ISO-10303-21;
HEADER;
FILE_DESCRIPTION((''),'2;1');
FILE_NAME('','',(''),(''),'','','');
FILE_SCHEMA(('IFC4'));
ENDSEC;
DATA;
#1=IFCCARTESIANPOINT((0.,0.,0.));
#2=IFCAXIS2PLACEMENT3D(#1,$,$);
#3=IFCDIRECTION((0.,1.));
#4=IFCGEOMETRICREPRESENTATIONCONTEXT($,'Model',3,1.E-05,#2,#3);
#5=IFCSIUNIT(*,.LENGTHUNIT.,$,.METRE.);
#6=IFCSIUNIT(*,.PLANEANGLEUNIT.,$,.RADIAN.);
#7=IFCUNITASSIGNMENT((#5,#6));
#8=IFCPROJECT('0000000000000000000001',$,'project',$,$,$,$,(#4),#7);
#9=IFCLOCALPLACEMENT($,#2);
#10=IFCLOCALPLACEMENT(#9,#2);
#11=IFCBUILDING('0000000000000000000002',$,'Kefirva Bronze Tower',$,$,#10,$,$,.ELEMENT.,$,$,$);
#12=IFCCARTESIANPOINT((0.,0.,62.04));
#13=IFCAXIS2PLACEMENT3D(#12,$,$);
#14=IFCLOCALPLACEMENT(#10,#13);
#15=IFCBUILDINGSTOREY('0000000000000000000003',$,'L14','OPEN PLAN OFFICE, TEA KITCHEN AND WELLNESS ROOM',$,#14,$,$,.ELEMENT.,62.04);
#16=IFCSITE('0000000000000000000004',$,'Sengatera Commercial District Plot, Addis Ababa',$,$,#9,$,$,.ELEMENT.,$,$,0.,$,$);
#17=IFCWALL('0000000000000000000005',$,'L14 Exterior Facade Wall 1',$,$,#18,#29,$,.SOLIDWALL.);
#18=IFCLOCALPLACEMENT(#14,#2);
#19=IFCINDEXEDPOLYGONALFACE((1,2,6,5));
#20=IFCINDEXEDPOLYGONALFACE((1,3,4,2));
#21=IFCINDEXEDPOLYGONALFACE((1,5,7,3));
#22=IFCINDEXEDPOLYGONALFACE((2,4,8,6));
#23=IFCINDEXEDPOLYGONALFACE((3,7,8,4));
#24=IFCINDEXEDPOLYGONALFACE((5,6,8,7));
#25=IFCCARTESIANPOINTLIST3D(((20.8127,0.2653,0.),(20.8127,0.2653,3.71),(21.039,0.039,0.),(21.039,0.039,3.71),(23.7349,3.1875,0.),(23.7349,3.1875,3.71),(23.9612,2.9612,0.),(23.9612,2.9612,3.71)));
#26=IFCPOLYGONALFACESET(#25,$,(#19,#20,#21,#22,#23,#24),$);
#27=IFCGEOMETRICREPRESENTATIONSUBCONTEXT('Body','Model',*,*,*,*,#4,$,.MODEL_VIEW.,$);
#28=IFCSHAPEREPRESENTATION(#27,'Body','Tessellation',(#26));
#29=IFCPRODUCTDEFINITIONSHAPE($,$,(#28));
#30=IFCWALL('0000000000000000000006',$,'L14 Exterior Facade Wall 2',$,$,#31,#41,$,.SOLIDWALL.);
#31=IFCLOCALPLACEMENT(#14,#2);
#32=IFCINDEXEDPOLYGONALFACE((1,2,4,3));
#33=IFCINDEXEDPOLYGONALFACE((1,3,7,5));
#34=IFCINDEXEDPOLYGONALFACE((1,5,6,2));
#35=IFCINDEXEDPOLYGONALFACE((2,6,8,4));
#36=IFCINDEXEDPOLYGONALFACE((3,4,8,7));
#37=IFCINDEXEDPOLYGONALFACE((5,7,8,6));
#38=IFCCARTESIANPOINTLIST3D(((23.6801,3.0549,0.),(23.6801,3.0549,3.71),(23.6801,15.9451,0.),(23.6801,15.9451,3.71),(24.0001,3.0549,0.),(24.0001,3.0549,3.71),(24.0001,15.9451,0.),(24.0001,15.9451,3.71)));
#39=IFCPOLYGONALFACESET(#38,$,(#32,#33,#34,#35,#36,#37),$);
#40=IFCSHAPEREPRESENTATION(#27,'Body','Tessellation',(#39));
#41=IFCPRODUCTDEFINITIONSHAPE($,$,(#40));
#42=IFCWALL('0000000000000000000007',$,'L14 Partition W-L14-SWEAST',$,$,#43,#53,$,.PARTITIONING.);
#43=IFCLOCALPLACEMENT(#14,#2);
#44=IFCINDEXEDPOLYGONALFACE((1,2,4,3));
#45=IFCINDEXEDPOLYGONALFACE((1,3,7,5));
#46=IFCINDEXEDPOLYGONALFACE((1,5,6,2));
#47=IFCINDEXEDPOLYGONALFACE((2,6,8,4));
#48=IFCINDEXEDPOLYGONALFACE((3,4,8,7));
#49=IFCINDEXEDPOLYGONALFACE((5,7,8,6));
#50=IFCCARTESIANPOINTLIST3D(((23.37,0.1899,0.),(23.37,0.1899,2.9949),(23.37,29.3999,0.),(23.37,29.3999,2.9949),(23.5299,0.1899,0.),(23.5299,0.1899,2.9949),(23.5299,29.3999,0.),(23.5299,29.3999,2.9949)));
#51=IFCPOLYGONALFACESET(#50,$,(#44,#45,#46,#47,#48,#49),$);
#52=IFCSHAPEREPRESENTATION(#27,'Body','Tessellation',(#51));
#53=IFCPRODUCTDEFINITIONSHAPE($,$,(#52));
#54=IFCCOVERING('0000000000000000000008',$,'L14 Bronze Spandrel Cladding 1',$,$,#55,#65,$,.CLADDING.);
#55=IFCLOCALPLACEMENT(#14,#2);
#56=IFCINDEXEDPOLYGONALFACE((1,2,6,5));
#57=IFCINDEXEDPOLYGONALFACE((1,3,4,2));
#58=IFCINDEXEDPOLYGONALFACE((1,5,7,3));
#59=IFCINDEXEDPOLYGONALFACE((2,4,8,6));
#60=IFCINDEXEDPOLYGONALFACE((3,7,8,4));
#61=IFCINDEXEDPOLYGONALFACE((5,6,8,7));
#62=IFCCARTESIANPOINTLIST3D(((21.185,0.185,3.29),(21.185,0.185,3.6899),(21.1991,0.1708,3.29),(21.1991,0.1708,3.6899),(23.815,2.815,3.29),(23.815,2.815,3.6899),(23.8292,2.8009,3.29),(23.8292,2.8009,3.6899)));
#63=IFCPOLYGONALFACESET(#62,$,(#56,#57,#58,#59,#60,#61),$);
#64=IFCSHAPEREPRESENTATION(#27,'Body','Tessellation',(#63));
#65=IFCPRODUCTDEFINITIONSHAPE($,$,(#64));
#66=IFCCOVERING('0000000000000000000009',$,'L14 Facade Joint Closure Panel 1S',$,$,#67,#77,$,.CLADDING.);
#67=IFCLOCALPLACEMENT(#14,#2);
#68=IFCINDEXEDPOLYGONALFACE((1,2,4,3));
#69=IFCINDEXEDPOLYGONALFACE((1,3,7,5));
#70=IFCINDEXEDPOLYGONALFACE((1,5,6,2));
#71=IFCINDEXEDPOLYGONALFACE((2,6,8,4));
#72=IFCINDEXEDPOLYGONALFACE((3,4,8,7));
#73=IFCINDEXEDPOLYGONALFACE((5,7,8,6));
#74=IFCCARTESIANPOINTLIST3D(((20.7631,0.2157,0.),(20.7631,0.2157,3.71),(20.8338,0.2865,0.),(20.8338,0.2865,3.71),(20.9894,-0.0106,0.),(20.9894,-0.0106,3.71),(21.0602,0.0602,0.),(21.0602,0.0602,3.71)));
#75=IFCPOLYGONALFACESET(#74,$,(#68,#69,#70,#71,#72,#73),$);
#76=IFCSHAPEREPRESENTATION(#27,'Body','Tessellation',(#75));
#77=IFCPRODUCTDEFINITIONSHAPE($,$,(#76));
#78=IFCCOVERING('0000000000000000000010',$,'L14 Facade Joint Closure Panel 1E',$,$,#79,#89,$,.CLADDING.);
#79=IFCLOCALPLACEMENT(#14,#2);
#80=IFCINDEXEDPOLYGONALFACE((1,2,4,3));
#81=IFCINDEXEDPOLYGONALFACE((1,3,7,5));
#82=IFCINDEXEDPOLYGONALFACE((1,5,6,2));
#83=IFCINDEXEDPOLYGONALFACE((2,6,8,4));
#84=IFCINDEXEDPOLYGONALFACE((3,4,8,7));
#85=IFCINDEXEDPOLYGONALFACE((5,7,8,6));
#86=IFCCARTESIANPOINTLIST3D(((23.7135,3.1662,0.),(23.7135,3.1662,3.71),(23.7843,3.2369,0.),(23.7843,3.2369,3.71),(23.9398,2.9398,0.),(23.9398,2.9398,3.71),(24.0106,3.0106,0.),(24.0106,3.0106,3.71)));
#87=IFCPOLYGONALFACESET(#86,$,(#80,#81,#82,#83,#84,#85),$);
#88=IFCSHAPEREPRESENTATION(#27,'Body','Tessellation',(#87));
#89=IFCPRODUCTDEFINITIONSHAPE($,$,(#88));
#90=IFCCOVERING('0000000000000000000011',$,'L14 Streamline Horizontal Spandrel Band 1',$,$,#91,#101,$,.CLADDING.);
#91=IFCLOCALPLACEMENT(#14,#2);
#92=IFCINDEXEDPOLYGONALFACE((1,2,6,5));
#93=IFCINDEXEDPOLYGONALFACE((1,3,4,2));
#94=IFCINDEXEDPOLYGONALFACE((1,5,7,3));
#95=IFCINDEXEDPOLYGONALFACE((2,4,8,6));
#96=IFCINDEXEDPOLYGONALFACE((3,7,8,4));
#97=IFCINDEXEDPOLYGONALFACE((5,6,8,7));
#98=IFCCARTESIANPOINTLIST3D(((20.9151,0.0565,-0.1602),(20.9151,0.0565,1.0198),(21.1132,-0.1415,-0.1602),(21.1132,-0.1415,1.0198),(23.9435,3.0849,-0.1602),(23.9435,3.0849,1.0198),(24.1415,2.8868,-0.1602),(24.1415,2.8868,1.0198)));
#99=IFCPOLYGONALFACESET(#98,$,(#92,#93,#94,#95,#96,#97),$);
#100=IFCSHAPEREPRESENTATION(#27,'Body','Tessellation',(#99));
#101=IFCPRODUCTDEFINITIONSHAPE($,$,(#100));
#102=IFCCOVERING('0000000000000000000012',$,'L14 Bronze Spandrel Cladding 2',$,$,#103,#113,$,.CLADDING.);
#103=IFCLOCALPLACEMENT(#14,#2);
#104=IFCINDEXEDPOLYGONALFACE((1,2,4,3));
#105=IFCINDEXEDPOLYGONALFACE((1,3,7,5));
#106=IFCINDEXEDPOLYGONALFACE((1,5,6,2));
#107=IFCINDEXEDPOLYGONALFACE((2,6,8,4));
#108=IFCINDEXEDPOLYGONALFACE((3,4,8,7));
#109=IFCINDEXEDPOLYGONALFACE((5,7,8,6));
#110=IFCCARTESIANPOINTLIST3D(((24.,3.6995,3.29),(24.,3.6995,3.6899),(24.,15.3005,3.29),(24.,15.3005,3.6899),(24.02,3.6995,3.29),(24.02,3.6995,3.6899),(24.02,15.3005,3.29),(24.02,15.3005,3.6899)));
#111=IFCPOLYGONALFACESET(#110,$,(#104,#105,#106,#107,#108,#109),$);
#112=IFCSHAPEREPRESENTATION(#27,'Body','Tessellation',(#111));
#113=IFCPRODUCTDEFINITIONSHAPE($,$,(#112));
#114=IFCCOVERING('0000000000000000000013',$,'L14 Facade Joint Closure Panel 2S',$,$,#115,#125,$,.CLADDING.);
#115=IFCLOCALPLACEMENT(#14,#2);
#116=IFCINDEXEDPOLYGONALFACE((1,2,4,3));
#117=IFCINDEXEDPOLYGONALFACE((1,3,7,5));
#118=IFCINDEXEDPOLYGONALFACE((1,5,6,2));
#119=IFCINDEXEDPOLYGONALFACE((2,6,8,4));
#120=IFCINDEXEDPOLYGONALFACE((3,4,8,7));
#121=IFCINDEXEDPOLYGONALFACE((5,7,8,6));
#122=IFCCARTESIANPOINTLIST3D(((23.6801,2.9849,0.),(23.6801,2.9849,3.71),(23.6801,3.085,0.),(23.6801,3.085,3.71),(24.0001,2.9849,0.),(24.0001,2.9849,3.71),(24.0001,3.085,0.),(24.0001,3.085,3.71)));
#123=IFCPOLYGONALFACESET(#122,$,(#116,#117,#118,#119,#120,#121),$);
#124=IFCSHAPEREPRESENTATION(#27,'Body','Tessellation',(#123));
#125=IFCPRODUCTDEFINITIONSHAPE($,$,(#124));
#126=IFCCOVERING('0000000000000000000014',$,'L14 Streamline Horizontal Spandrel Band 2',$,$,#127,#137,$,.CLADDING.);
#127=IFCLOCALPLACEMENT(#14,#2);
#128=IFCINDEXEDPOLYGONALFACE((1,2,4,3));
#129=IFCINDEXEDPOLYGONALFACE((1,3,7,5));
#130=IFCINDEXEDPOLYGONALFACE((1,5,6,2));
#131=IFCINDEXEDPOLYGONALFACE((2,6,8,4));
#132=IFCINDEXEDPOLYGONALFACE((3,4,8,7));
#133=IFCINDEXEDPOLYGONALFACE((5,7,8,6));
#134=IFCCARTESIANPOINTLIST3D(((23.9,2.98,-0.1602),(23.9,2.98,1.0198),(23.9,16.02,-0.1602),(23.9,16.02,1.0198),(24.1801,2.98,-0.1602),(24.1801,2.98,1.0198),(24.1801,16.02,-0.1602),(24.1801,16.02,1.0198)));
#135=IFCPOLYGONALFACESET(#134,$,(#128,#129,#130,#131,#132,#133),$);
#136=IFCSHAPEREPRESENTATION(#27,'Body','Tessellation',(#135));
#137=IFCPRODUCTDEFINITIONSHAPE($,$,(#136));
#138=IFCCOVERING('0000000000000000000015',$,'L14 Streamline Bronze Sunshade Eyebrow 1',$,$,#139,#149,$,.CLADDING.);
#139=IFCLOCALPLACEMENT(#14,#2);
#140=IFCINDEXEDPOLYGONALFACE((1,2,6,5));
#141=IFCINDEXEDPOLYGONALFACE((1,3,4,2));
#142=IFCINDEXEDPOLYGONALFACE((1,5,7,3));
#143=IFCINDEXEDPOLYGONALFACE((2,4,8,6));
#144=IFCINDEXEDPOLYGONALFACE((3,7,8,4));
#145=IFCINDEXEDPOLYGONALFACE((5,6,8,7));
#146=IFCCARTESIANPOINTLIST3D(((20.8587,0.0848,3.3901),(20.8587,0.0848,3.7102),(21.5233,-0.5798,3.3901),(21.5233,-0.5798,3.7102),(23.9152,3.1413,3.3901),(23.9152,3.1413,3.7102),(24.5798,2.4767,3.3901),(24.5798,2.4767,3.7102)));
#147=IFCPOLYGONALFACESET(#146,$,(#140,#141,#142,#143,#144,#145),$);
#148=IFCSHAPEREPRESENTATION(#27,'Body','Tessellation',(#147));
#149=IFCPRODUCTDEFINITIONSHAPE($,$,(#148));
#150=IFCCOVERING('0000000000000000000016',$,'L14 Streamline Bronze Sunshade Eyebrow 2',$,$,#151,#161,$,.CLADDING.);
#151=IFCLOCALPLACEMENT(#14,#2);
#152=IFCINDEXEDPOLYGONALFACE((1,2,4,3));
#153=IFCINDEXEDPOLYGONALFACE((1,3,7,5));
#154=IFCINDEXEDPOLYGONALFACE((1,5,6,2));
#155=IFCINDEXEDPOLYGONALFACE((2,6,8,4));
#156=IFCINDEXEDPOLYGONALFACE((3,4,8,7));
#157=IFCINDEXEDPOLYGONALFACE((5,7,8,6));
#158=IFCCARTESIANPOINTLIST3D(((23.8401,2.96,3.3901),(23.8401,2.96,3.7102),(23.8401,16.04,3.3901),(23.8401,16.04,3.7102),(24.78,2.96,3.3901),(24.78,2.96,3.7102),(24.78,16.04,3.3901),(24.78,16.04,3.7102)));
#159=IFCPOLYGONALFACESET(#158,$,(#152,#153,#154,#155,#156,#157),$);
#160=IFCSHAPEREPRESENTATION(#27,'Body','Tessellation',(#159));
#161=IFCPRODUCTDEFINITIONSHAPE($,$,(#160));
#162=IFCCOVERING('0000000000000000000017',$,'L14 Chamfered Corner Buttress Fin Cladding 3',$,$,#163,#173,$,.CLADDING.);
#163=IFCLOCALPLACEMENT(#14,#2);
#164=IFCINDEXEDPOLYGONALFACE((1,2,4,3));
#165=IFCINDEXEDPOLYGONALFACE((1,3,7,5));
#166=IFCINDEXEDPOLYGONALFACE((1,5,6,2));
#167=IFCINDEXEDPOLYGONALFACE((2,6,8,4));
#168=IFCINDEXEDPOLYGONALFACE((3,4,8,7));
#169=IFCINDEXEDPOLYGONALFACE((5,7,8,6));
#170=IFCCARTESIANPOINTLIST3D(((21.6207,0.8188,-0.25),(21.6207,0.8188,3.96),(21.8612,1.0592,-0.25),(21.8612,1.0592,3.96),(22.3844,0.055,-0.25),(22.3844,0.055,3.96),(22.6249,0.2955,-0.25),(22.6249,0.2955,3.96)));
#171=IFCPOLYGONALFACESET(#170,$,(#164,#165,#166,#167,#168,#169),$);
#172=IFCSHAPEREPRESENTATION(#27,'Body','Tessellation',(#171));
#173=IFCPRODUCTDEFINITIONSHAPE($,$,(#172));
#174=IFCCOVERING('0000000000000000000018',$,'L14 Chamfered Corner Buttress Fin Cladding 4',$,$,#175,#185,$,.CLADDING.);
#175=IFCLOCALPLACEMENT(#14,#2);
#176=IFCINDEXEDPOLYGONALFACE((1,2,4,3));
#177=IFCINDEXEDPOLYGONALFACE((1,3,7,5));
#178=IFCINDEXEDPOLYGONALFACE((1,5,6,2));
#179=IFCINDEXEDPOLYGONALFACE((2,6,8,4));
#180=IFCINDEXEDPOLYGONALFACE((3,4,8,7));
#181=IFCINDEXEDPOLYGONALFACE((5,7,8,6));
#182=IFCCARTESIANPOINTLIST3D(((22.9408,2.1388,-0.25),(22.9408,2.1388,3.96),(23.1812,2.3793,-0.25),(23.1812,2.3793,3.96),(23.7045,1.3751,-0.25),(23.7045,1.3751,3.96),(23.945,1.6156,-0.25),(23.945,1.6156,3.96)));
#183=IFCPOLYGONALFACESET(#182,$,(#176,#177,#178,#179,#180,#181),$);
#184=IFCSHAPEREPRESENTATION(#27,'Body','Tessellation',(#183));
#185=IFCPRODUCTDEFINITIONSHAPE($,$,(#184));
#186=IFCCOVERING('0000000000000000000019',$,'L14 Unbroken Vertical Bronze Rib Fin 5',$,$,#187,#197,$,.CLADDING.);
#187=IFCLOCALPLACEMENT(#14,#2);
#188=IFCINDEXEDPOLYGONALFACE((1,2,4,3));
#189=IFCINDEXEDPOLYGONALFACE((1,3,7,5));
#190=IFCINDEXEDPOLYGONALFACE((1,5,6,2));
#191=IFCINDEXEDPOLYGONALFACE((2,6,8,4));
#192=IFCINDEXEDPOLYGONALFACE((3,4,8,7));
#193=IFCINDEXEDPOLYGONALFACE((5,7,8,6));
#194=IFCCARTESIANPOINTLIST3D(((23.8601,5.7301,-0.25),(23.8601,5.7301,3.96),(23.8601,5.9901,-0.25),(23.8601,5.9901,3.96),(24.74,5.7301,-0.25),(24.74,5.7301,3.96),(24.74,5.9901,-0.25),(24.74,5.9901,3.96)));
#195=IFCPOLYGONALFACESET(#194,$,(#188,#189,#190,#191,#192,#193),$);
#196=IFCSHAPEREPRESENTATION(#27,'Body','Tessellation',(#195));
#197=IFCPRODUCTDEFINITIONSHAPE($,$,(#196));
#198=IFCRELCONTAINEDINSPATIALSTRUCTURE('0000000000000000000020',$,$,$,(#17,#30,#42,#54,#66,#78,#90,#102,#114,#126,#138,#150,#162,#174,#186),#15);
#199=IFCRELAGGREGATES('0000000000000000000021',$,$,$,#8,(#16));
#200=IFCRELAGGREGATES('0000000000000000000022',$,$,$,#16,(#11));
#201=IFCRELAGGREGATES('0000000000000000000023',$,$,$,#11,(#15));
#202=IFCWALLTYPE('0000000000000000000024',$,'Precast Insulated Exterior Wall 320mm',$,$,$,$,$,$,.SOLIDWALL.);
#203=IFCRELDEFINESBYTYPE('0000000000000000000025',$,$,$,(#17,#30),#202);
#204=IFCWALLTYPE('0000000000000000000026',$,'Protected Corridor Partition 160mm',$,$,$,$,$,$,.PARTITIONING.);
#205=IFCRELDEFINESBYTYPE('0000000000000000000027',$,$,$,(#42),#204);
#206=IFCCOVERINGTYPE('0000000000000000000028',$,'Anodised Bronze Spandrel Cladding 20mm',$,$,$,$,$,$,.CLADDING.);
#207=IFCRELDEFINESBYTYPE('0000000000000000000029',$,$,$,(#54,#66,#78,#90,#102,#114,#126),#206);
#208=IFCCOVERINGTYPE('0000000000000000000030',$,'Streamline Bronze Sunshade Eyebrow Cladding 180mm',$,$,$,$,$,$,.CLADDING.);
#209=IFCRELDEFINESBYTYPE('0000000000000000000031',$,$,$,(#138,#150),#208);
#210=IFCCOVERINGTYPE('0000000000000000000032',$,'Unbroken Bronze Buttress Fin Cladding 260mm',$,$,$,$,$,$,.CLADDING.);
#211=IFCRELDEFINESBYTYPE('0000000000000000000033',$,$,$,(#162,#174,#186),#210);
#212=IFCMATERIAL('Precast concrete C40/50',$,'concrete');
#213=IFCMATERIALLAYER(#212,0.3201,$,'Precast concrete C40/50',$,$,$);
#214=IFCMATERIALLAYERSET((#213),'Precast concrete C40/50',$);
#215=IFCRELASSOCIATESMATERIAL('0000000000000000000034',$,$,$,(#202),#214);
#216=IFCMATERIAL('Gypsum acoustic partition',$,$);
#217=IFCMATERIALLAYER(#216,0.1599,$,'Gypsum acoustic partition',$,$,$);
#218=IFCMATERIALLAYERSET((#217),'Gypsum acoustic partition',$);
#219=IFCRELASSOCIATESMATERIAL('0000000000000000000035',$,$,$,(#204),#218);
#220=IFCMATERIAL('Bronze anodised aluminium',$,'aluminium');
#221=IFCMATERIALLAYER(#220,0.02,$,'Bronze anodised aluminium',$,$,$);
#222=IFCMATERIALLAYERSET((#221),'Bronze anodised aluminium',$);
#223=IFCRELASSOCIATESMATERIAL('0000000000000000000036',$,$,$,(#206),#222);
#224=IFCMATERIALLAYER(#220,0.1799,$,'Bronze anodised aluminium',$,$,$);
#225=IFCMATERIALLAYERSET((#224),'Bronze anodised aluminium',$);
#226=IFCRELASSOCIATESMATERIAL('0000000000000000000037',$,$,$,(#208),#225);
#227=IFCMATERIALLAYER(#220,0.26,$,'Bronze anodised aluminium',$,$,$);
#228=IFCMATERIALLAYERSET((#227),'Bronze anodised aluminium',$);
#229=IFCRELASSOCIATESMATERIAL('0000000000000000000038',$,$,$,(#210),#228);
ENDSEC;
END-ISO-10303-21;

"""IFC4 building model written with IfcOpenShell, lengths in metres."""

from ifc_helpers import new_model, si_unit, direction, frame, frame_2d, origin, origin_2d, place, context, subcontext, project, spatial, rectangle, extrude, material, layer, layer_set, type_object, element, save


model = new_model("IFC4")

# Units and contexts
model_context = context("Model", 3, precision=1e-05, world=origin(), true_north=direction((0.0, 1.0)))
body_context = subcontext(model_context, "Body", "Model", "MODEL_VIEW")
ifc_project = project(units=[si_unit("LENGTHUNIT", "METRE"), si_unit("PLANEANGLEUNIT", "RADIAN")], contexts=[model_context])

# Site, building, storey
site_placement = place(None, origin())
site = spatial("IfcSite", under=ifc_project, at=site_placement, Name="Sengatera Commercial District Plot, Addis Ababa", CompositionType="ELEMENT", RefElevation=0.0)
building_placement = place(site_placement, origin())
building = spatial("IfcBuilding", under=site, at=building_placement, Name="Kefirva Bronze Tower", CompositionType="ELEMENT")
storey_placement = place(building_placement, frame((0.0, 0.0, 62.04)))
storey = spatial("IfcBuildingStorey", under=building, at=storey_placement, Name="L14", Description="OPEN PLAN OFFICE, TEA KITCHEN AND WELLNESS ROOM", CompositionType="ELEMENT", Elevation=62.04)

# Shared definitions
ifc_material_1 = material(Name="Bronze anodised aluminium", Category="aluminium")

# Walls
ifc_material_2 = material(Name="Precast concrete C40/50", Category="concrete")
ifc_layer_1 = layer(ifc_material_2, 0.3201, Name="Precast concrete C40/50")
ifc_layer_set_1 = layer_set([ifc_layer_1], Name="Precast concrete C40/50")
wall_type_1 = type_object("IfcWallType", Name="Precast Insulated Exterior Wall 320mm", PredefinedType="SOLIDWALL", material=ifc_layer_set_1)
wall_1_placement = place(storey_placement, frame((20.9258, 0.1521, 0.0), z_axis=(0.0, 0.0, 1.0), x_axis=(0.707107, 0.707107, 0.0)))
element("IfcWall", 1, at=wall_1_placement, inside=storey, type_object=wall_type_1, Name="L14 Exterior Facade Wall 1", PredefinedType="SOLIDWALL", context=body_context, shape_type="SweptSolid", body=[
    extrude(rectangle(XDim=4.1326, YDim=0.3201, at=frame_2d((2.0664, 0.0))), origin(), (0.0, 0.0, 1.0), 3.71),
])
wall_2_placement = place(storey_placement, frame((23.8401, 3.0549, 0.0), z_axis=(0.0, 0.0, 1.0), x_axis=(0.0, 1.0, 0.0)))
element("IfcWall", 2, at=wall_2_placement, inside=storey, type_object=wall_type_1, Name="L14 Exterior Facade Wall 2", PredefinedType="SOLIDWALL", context=body_context, shape_type="SweptSolid", body=[
    extrude(rectangle(XDim=12.8901, YDim=0.3201, at=frame_2d((6.4451, 0.0))), origin(), (0.0, 0.0, 1.0), 3.71),
])
ifc_material_3 = material(Name="Gypsum acoustic partition")
ifc_layer_2 = layer(ifc_material_3, 0.1599, Name="Gypsum acoustic partition")
ifc_layer_set_2 = layer_set([ifc_layer_2], Name="Gypsum acoustic partition")
wall_type_2 = type_object("IfcWallType", Name="Protected Corridor Partition 160mm", PredefinedType="PARTITIONING", material=ifc_layer_set_2)
wall_3_placement = place(storey_placement, frame((23.45, 0.1899, 0.0), z_axis=(0.0, 0.0, 1.0), x_axis=(0.0, 1.0, 0.0)))
element("IfcWall", 3, at=wall_3_placement, inside=storey, type_object=wall_type_2, Name="L14 Partition W-L14-SWEAST", PredefinedType="PARTITIONING", context=body_context, shape_type="SweptSolid", body=[
    extrude(rectangle(XDim=29.21, YDim=0.1599, at=frame_2d((14.605, 0.0))), origin(), (0.0, 0.0, 1.0), 2.9949),
])

# Coverings
ifc_layer_3 = layer(ifc_material_1, 0.02, Name="Bronze anodised aluminium")
ifc_layer_set_3 = layer_set([ifc_layer_3], Name="Bronze anodised aluminium")
covering_type_1 = type_object("IfcCoveringType", Name="Anodised Bronze Spandrel Cladding 20mm", PredefinedType="CLADDING", material=ifc_layer_set_3)
covering_1_placement = place(storey_placement, frame((22.5071, 1.4929, 3.29), z_axis=(0.0, 0.0, 1.0), x_axis=(0.707107, 0.707107, 0.0)))
element("IfcCovering", 4, at=covering_1_placement, inside=storey, type_object=covering_type_1, Name="L14 Bronze Spandrel Cladding 1", PredefinedType="CLADDING", context=body_context, shape_type="SweptSolid", body=[
    extrude(rectangle(XDim=3.7195, YDim=0.02, at=origin_2d()), origin(), (0.0, 0.0, 1.0), 0.3999),
])
for number, where, z_axis, x_axis, name in (
    (5, (20.9116, 0.1379, 0.0), (0.0, 0.0, 1.0), (0.707107, 0.707107, 0.0), "L14 Facade Joint Closure Panel 1S"),
    (6, (23.8621, 3.0884, 0.0), (0.0, 0.0, 1.0), (0.707107, 0.707107, 0.0), "L14 Facade Joint Closure Panel 1E"),
):
    element("IfcCovering", number, at=place(storey_placement, frame(where, z_axis=z_axis, x_axis=x_axis)), inside=storey, type_object=covering_type_1, Name=name, PredefinedType="CLADDING", context=body_context, shape_type="SweptSolid", body=[
        extrude(rectangle(XDim=0.1001, YDim=0.3201, at=origin_2d()), origin(), (0.0, 0.0, 1.0), 3.71),
    ])
covering_2_placement = place(storey_placement, frame((22.5283, 1.4717, -0.1602), z_axis=(0.0, 0.0, 1.0), x_axis=(0.707107, 0.707107, 0.0)))
element("IfcCovering", 7, at=covering_2_placement, inside=storey, type_object=covering_type_1, Name="L14 Streamline Horizontal Spandrel Band 1", PredefinedType="CLADDING", context=body_context, shape_type="SweptSolid", body=[
    extrude(rectangle(XDim=4.2827, YDim=0.28, at=origin_2d()), origin(), (0.0, 0.0, 1.0), 1.1799),
])
covering_3_placement = place(storey_placement, frame((24.01, 9.5, 3.29), z_axis=(0.0, 0.0, 1.0), x_axis=(0.0, 1.0, 0.0)))
element("IfcCovering", 8, at=covering_3_placement, inside=storey, type_object=covering_type_1, Name="L14 Bronze Spandrel Cladding 2", PredefinedType="CLADDING", context=body_context, shape_type="SweptSolid", body=[
    extrude(rectangle(XDim=11.6011, YDim=0.02, at=origin_2d()), origin(), (0.0, 0.0, 1.0), 0.3999),
])
covering_4_placement = place(storey_placement, frame((23.8401, 3.0349, 0.0), z_axis=(0.0, 0.0, 1.0), x_axis=(0.0, 1.0, 0.0)))
element("IfcCovering", 9, at=covering_4_placement, inside=storey, type_object=covering_type_1, Name="L14 Facade Joint Closure Panel 2S", PredefinedType="CLADDING", context=body_context, shape_type="SweptSolid", body=[
    extrude(rectangle(XDim=0.1001, YDim=0.3201, at=origin_2d()), origin(), (0.0, 0.0, 1.0), 3.71),
])
covering_5_placement = place(storey_placement, frame((24.04, 9.5, -0.1602), z_axis=(0.0, 0.0, 1.0), x_axis=(0.0, 1.0, 0.0)))
element("IfcCovering", 10, at=covering_5_placement, inside=storey, type_object=covering_type_1, Name="L14 Streamline Horizontal Spandrel Band 2", PredefinedType="CLADDING", context=body_context, shape_type="SweptSolid", body=[
    extrude(rectangle(XDim=13.04, YDim=0.28, at=origin_2d()), origin(), (0.0, 0.0, 1.0), 1.1799),
])
ifc_layer_4 = layer(ifc_material_1, 0.1799, Name="Bronze anodised aluminium")
ifc_layer_set_4 = layer_set([ifc_layer_4], Name="Bronze anodised aluminium")
covering_type_2 = type_object("IfcCoveringType", Name="Streamline Bronze Sunshade Eyebrow Cladding 180mm", PredefinedType="CLADDING", material=ifc_layer_set_4)
covering_6_placement = place(storey_placement, frame((22.7192, 1.2808, 3.3901), z_axis=(0.0, 0.0, 1.0), x_axis=(0.707107, 0.707107, 0.0)))
element("IfcCovering", 11, at=covering_6_placement, inside=storey, type_object=covering_type_2, Name="L14 Streamline Bronze Sunshade Eyebrow 1", PredefinedType="CLADDING", context=body_context, shape_type="SweptSolid", body=[
    extrude(rectangle(XDim=4.3225, YDim=0.9399, at=origin_2d()), origin(), (0.0, 0.0, 1.0), 0.3201),
])
covering_7_placement = place(storey_placement, frame((24.3101, 9.5, 3.3901), z_axis=(0.0, 0.0, 1.0), x_axis=(0.0, 1.0, 0.0)))
element("IfcCovering", 12, at=covering_7_placement, inside=storey, type_object=covering_type_2, Name="L14 Streamline Bronze Sunshade Eyebrow 2", PredefinedType="CLADDING", context=body_context, shape_type="SweptSolid", body=[
    extrude(rectangle(XDim=13.0801, YDim=0.9399, at=origin_2d()), origin(), (0.0, 0.0, 1.0), 0.3201),
])
ifc_layer_5 = layer(ifc_material_1, 0.26, Name="Bronze anodised aluminium")
ifc_layer_set_5 = layer_set([ifc_layer_5], Name="Bronze anodised aluminium")
covering_type_3 = type_object("IfcCoveringType", Name="Unbroken Bronze Buttress Fin Cladding 260mm", PredefinedType="CLADDING", material=ifc_layer_set_5)
for number, where, z_axis, x_axis, name in (
    (13, (22.1228, 0.5571, -0.25), (0.0, 0.0, 1.0), (0.707107, 0.707107, 0.0), "L14 Chamfered Corner Buttress Fin Cladding 3"),
    (14, (23.4429, 1.8772, -0.25), (0.0, 0.0, 1.0), (0.707107, 0.707107, 0.0), "L14 Chamfered Corner Buttress Fin Cladding 4"),
):
    element("IfcCovering", number, at=place(storey_placement, frame(where, z_axis=z_axis, x_axis=x_axis)), inside=storey, type_object=covering_type_3, Name=name, PredefinedType="CLADDING", context=body_context, shape_type="SweptSolid", body=[
        extrude(rectangle(XDim=0.3401, YDim=1.0801, at=origin_2d()), origin(), (0.0, 0.0, 1.0), 4.21),
    ])
covering_8_placement = place(storey_placement, frame((24.3, 5.8601, -0.25), z_axis=(0.0, 0.0, 1.0), x_axis=(0.0, 1.0, 0.0)))
element("IfcCovering", 15, at=covering_8_placement, inside=storey, type_object=covering_type_3, Name="L14 Unbroken Vertical Bronze Rib Fin 5", PredefinedType="CLADDING", context=body_context, shape_type="SweptSolid", body=[
    extrude(rectangle(XDim=0.26, YDim=0.8799, at=origin_2d()), origin(), (0.0, 0.0, 1.0), 4.21),
])

save(model, "model.ifc")
